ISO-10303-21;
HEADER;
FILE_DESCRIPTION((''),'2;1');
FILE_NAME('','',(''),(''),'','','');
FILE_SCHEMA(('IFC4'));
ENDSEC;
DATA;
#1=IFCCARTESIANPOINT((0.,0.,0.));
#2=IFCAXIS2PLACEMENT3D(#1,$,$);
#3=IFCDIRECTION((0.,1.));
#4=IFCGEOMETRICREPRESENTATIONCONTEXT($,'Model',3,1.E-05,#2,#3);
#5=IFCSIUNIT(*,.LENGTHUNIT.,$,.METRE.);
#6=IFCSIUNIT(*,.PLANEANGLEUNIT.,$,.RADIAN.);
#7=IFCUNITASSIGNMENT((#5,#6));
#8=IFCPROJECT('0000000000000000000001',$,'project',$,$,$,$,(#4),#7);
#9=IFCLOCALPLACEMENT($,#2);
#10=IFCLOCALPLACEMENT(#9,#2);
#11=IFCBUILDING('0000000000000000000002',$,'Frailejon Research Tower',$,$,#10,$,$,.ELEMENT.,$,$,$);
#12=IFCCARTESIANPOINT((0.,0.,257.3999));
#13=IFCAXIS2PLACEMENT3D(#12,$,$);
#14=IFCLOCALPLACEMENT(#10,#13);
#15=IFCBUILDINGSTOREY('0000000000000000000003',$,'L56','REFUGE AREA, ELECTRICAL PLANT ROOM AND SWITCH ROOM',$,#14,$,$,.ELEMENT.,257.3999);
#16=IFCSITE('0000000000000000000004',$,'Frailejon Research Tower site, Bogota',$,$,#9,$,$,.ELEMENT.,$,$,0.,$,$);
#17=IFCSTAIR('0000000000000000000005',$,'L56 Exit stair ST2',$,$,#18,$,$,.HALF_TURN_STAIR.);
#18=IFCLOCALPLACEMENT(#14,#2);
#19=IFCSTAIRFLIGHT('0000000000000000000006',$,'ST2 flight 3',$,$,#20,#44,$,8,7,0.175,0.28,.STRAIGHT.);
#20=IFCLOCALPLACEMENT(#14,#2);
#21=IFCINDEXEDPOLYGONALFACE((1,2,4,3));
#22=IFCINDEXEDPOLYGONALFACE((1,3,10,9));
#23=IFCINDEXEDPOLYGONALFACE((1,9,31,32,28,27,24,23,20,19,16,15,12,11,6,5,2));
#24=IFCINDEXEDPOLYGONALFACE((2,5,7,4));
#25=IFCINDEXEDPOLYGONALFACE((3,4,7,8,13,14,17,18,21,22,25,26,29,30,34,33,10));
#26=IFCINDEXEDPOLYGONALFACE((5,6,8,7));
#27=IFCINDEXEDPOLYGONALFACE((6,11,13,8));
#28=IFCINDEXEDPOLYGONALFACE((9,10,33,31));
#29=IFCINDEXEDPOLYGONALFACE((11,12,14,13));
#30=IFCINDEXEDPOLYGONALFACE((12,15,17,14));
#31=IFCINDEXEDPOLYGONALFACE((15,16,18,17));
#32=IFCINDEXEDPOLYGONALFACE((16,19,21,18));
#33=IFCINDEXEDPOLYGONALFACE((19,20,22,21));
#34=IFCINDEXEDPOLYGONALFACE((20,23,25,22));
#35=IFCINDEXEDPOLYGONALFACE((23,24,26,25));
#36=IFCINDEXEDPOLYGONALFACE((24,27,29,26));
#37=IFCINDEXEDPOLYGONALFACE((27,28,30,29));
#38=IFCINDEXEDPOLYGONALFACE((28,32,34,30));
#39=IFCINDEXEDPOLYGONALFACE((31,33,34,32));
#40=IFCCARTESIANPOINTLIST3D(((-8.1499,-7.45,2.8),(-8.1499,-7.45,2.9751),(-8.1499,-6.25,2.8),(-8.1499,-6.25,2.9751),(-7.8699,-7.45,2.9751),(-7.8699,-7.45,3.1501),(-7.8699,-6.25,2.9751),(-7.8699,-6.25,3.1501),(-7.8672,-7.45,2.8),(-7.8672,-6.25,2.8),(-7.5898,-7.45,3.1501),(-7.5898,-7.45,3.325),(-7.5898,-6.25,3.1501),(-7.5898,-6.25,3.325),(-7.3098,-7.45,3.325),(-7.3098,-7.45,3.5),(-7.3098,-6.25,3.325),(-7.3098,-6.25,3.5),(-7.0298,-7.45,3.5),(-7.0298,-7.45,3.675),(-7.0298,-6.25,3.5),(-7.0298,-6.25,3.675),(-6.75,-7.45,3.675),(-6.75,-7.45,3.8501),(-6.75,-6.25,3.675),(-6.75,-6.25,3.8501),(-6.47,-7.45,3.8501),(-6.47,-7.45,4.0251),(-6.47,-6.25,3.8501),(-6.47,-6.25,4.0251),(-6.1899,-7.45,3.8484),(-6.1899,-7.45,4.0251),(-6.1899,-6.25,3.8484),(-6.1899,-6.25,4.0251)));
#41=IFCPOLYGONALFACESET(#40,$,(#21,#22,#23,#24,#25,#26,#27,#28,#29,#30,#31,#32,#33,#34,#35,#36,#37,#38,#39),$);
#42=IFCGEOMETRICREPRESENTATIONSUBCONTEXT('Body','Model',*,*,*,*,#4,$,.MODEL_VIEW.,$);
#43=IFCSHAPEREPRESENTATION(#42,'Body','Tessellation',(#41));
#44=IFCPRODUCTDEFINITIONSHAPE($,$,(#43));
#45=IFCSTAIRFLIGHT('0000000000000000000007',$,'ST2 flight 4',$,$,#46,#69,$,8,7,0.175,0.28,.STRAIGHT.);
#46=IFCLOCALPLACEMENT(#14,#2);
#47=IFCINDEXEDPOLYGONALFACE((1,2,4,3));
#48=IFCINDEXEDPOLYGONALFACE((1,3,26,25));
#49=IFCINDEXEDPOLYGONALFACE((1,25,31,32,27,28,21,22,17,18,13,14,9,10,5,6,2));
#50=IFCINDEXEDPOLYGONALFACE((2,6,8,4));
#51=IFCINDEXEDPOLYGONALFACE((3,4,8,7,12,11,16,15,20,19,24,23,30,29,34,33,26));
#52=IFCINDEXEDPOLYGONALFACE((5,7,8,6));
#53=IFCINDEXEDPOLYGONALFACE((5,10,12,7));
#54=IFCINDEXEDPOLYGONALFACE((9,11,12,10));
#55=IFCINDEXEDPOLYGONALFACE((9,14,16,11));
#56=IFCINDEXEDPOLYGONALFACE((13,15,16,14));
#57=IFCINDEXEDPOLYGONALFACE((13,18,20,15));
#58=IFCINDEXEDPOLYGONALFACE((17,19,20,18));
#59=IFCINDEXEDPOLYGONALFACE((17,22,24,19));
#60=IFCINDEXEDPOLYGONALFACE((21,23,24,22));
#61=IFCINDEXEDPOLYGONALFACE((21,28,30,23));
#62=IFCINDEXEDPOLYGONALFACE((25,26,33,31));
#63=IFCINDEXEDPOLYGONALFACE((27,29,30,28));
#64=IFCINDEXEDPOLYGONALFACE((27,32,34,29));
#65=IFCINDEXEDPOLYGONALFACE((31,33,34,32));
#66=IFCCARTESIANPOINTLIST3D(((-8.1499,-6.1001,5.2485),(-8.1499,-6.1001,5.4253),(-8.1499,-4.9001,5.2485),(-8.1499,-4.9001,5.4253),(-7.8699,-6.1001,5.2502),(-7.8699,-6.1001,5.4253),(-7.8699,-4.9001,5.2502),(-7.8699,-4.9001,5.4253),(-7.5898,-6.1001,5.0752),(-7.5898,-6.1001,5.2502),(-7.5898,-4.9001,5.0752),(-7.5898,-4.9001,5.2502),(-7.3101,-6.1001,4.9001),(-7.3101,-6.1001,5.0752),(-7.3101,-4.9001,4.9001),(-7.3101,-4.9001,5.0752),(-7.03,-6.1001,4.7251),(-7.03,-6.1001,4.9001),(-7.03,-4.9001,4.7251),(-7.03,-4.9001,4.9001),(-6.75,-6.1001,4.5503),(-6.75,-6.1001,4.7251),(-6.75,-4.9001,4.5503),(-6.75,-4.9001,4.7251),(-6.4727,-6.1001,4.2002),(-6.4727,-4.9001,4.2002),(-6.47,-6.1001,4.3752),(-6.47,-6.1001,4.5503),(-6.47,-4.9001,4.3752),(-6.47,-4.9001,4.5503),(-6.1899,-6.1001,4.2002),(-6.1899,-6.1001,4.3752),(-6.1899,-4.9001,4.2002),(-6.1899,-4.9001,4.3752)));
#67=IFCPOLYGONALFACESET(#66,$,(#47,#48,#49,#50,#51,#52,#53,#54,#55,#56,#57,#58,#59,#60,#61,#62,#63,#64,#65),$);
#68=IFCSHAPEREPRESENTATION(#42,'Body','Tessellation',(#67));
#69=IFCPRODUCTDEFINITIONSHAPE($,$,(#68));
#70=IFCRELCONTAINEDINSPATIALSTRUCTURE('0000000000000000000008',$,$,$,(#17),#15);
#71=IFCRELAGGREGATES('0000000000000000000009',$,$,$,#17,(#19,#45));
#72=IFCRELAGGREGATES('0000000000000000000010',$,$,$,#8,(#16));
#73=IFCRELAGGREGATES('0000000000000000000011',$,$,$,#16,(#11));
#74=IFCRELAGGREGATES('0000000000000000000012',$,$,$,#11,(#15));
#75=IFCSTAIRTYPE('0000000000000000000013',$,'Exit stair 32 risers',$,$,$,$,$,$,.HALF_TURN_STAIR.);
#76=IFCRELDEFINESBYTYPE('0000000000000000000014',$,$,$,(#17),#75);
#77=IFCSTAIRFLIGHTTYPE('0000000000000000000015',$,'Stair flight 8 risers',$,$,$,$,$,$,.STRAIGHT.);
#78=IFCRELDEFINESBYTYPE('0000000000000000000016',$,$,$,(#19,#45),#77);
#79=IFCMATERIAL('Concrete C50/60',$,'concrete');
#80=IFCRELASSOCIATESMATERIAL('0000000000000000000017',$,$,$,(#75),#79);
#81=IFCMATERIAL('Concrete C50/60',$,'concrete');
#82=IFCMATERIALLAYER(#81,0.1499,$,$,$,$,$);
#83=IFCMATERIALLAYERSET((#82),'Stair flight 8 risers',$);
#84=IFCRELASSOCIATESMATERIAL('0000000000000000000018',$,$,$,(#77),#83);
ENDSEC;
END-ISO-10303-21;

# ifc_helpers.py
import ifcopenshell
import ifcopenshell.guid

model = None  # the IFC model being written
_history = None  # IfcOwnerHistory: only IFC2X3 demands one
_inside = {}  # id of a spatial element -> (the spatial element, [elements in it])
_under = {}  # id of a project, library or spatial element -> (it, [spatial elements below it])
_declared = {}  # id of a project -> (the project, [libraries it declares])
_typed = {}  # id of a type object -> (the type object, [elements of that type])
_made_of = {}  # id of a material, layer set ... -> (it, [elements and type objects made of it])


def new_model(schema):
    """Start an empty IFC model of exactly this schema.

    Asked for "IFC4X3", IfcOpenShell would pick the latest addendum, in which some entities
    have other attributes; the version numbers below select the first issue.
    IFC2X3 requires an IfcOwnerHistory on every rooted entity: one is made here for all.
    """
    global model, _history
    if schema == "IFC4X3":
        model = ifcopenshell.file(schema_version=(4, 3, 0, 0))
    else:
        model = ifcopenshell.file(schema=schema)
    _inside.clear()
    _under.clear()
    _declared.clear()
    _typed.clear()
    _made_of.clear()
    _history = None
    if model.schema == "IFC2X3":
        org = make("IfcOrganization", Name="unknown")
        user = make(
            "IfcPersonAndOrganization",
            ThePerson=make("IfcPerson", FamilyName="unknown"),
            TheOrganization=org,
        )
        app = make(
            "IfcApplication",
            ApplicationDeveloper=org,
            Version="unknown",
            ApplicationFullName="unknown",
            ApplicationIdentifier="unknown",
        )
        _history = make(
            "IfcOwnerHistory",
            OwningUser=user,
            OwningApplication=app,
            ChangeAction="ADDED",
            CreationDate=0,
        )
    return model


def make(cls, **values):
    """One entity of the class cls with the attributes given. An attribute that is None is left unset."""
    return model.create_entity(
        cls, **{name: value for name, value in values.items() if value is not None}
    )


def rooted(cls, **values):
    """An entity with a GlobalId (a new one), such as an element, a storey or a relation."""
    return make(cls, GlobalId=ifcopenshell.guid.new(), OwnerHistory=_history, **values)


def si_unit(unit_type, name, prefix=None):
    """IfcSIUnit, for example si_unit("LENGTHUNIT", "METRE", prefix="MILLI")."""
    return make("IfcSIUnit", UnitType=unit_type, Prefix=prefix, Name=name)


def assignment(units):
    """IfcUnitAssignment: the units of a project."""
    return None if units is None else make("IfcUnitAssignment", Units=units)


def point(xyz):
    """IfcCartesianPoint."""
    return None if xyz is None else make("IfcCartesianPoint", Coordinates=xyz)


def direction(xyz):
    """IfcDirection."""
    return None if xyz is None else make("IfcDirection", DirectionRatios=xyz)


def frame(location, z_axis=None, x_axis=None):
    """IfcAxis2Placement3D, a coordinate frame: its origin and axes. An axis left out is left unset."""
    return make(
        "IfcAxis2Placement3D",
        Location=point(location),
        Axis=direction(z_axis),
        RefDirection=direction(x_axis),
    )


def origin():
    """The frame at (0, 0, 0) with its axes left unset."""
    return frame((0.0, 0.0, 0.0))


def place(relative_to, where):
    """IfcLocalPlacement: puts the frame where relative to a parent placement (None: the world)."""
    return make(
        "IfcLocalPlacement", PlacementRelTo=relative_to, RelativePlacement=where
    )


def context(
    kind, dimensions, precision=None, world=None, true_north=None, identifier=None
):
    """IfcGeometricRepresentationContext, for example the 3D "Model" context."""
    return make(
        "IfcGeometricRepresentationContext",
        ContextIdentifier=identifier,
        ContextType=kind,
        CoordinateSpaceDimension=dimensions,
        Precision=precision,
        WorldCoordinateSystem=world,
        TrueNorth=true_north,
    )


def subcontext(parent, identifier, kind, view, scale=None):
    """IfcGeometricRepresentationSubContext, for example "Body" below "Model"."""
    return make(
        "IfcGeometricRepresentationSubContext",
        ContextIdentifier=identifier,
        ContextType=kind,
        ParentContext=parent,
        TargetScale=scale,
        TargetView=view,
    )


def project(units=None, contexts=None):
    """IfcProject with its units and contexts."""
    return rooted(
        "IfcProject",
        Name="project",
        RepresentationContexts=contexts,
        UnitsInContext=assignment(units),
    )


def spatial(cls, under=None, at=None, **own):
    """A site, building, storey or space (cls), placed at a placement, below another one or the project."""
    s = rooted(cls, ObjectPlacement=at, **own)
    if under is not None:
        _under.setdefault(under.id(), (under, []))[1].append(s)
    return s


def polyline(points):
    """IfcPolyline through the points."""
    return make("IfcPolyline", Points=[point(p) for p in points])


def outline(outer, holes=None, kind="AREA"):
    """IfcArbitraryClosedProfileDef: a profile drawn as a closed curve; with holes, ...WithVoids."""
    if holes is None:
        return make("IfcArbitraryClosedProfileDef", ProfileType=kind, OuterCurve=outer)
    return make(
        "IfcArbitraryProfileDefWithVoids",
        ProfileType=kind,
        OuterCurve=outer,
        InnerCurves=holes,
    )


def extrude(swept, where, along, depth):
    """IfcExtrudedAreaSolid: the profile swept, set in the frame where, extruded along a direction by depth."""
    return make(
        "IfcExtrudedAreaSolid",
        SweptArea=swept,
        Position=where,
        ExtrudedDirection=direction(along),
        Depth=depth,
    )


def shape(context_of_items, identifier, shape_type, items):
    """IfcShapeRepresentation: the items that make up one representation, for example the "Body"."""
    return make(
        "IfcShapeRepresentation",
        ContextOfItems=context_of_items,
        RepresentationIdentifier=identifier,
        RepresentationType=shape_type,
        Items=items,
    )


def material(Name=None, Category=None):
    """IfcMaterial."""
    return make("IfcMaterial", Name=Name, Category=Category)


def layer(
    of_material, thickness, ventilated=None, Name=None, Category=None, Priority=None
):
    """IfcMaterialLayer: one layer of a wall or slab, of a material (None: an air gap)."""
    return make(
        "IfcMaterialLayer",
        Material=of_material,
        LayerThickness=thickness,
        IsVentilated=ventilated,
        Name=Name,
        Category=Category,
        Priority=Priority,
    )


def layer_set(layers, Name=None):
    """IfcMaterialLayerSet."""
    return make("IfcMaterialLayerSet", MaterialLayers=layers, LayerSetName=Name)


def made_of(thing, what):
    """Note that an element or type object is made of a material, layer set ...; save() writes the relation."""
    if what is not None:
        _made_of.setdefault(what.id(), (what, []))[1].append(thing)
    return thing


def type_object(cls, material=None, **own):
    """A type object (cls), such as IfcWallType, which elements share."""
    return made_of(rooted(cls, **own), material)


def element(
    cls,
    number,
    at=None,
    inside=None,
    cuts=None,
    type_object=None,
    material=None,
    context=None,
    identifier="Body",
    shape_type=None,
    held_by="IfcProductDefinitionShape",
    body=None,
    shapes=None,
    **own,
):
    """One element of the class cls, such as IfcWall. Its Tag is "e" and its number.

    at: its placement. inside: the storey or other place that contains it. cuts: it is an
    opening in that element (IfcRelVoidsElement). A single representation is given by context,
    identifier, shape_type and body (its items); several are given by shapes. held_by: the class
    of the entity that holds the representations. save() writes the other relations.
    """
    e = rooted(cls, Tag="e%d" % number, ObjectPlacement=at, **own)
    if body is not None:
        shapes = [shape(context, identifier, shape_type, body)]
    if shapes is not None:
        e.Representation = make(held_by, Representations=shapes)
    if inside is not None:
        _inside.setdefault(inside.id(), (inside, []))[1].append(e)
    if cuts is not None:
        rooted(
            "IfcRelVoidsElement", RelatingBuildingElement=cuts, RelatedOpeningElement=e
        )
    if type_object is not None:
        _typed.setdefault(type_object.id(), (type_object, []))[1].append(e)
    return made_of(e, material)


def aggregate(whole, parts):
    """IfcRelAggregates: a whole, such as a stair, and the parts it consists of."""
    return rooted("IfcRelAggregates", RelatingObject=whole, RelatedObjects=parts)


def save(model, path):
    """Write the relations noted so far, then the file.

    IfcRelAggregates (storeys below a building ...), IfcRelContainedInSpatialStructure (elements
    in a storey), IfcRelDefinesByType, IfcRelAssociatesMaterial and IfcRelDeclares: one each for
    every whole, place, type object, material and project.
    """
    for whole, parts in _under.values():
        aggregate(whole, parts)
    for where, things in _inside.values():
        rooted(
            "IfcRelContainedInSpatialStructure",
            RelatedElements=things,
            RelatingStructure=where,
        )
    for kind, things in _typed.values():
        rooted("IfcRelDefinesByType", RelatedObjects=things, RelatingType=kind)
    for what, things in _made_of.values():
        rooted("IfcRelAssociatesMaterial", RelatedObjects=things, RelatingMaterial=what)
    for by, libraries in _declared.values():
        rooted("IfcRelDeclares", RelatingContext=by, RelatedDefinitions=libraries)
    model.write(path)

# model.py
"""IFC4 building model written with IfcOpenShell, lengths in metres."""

from ifc_helpers import new_model, si_unit, direction, frame, origin, place, context, subcontext, project, spatial, polyline, outline, extrude, material, layer, layer_set, type_object, element, aggregate, save


model = new_model("IFC4")

# Units and contexts
model_context = context("Model", 3, precision=1e-05, world=origin(), true_north=direction((0.0, 1.0)))
body_context = subcontext(model_context, "Body", "Model", "MODEL_VIEW")
ifc_project = project(units=[si_unit("LENGTHUNIT", "METRE"), si_unit("PLANEANGLEUNIT", "RADIAN")], contexts=[model_context])

# Site, building, storey
site_placement = place(None, origin())
site = spatial("IfcSite", under=ifc_project, at=site_placement, Name="Frailejon Research Tower site, Bogota", CompositionType="ELEMENT", RefElevation=0.0)
building_placement = place(site_placement, origin())
building = spatial("IfcBuilding", under=site, at=building_placement, Name="Frailejon Research Tower", CompositionType="ELEMENT")
storey_placement = place(building_placement, frame((0.0, 0.0, 257.3999)))
storey = spatial("IfcBuildingStorey", under=building, at=storey_placement, Name="L56", Description="REFUGE AREA, ELECTRICAL PLANT ROOM AND SWITCH ROOM", CompositionType="ELEMENT", Elevation=257.3999)

# Stair, stair flights
ifc_material_1 = material(Name="Concrete C50/60", Category="concrete")
stair_type = type_object("IfcStairType", Name="Exit stair 32 risers", PredefinedType="HALF_TURN_STAIR", material=ifc_material_1)
stair_placement = place(storey_placement, origin())
stair = element("IfcStair", 1, at=stair_placement, inside=storey, type_object=stair_type, Name="L56 Exit stair ST2", PredefinedType="HALF_TURN_STAIR")
ifc_material_2 = material(Name="Concrete C50/60", Category="concrete")
ifc_layer_1 = layer(ifc_material_2, 0.1499)
ifc_layer_set_1 = layer_set([ifc_layer_1], Name="Stair flight 8 risers")
stair_flight_type = type_object("IfcStairFlightType", Name="Stair flight 8 risers", PredefinedType="STRAIGHT", material=ifc_layer_set_1)
stair_flight_1_placement = place(storey_placement, frame((-8.1499, -6.8501, 2.8), z_axis=(0.0, 0.0, 1.0), x_axis=(1.0, 0.0, 0.0)))
stair_flight_1 = element("IfcStairFlight", 2, at=stair_flight_1_placement, type_object=stair_flight_type, Name="ST2 flight 3", NumberOfRisers=8, NumberOfTreads=7, PredefinedType="STRAIGHT", RiserHeight=0.175, TreadLength=0.28, context=body_context, shape_type="SweptSolid", body=[
    extrude(outline(polyline([(0.0, 0.0), (0.0, 0.175), (0.28, 0.175), (0.28, 0.3501), (0.5601, 0.3501), (0.5601, 0.5249), (0.8401, 0.5249), (0.8401, 0.7), (1.1201, 0.7), (1.1201, 0.875), (1.3999, 0.875), (1.3999, 1.05), (1.6799, 1.05), (1.6799, 1.2251), (1.96, 1.2251), (1.96, 1.3999), (1.96, 1.0483), (0.2827, 0.0), (0.0, 0.0)])), frame((0.0, 0.6001, 0.0), z_axis=(0.0, -1.0, 0.0), x_axis=(1.0, 0.0, 0.0)), (0.0, 0.0, 1.0), 1.2),
])
stair_flight_2_placement = place(storey_placement, frame((-6.1899, -5.5, 4.2002), z_axis=(0.0, 0.0, 1.0), x_axis=(-1.0, 0.0, 0.0)))
stair_flight_2 = element("IfcStairFlight", 3, at=stair_flight_2_placement, type_object=stair_flight_type, Name="ST2 flight 4", NumberOfRisers=8, NumberOfTreads=7, PredefinedType="STRAIGHT", RiserHeight=0.175, TreadLength=0.28, context=body_context, shape_type="SweptSolid", body=[
    extrude(outline(polyline([(0.0, 0.0), (0.0, 0.175), (0.28, 0.175), (0.28, 0.3501), (0.5601, 0.3501), (0.5601, 0.5249), (0.8401, 0.5249), (0.8401, 0.7), (1.1201, 0.7), (1.1201, 0.875), (1.3999, 0.875), (1.3999, 1.05), (1.6799, 1.05), (1.6799, 1.2251), (1.96, 1.2251), (1.96, 1.3999), (1.96, 1.0483), (0.2827, 0.0), (0.0, 0.0)])), frame((0.0, 0.6001, 0.0), z_axis=(0.0, -1.0, 0.0), x_axis=(1.0, 0.0, 0.0)), (0.0, 0.0, 1.0), 1.2),
])
aggregate(stair, [stair_flight_1, stair_flight_2])

save(model, "model.ifc")
